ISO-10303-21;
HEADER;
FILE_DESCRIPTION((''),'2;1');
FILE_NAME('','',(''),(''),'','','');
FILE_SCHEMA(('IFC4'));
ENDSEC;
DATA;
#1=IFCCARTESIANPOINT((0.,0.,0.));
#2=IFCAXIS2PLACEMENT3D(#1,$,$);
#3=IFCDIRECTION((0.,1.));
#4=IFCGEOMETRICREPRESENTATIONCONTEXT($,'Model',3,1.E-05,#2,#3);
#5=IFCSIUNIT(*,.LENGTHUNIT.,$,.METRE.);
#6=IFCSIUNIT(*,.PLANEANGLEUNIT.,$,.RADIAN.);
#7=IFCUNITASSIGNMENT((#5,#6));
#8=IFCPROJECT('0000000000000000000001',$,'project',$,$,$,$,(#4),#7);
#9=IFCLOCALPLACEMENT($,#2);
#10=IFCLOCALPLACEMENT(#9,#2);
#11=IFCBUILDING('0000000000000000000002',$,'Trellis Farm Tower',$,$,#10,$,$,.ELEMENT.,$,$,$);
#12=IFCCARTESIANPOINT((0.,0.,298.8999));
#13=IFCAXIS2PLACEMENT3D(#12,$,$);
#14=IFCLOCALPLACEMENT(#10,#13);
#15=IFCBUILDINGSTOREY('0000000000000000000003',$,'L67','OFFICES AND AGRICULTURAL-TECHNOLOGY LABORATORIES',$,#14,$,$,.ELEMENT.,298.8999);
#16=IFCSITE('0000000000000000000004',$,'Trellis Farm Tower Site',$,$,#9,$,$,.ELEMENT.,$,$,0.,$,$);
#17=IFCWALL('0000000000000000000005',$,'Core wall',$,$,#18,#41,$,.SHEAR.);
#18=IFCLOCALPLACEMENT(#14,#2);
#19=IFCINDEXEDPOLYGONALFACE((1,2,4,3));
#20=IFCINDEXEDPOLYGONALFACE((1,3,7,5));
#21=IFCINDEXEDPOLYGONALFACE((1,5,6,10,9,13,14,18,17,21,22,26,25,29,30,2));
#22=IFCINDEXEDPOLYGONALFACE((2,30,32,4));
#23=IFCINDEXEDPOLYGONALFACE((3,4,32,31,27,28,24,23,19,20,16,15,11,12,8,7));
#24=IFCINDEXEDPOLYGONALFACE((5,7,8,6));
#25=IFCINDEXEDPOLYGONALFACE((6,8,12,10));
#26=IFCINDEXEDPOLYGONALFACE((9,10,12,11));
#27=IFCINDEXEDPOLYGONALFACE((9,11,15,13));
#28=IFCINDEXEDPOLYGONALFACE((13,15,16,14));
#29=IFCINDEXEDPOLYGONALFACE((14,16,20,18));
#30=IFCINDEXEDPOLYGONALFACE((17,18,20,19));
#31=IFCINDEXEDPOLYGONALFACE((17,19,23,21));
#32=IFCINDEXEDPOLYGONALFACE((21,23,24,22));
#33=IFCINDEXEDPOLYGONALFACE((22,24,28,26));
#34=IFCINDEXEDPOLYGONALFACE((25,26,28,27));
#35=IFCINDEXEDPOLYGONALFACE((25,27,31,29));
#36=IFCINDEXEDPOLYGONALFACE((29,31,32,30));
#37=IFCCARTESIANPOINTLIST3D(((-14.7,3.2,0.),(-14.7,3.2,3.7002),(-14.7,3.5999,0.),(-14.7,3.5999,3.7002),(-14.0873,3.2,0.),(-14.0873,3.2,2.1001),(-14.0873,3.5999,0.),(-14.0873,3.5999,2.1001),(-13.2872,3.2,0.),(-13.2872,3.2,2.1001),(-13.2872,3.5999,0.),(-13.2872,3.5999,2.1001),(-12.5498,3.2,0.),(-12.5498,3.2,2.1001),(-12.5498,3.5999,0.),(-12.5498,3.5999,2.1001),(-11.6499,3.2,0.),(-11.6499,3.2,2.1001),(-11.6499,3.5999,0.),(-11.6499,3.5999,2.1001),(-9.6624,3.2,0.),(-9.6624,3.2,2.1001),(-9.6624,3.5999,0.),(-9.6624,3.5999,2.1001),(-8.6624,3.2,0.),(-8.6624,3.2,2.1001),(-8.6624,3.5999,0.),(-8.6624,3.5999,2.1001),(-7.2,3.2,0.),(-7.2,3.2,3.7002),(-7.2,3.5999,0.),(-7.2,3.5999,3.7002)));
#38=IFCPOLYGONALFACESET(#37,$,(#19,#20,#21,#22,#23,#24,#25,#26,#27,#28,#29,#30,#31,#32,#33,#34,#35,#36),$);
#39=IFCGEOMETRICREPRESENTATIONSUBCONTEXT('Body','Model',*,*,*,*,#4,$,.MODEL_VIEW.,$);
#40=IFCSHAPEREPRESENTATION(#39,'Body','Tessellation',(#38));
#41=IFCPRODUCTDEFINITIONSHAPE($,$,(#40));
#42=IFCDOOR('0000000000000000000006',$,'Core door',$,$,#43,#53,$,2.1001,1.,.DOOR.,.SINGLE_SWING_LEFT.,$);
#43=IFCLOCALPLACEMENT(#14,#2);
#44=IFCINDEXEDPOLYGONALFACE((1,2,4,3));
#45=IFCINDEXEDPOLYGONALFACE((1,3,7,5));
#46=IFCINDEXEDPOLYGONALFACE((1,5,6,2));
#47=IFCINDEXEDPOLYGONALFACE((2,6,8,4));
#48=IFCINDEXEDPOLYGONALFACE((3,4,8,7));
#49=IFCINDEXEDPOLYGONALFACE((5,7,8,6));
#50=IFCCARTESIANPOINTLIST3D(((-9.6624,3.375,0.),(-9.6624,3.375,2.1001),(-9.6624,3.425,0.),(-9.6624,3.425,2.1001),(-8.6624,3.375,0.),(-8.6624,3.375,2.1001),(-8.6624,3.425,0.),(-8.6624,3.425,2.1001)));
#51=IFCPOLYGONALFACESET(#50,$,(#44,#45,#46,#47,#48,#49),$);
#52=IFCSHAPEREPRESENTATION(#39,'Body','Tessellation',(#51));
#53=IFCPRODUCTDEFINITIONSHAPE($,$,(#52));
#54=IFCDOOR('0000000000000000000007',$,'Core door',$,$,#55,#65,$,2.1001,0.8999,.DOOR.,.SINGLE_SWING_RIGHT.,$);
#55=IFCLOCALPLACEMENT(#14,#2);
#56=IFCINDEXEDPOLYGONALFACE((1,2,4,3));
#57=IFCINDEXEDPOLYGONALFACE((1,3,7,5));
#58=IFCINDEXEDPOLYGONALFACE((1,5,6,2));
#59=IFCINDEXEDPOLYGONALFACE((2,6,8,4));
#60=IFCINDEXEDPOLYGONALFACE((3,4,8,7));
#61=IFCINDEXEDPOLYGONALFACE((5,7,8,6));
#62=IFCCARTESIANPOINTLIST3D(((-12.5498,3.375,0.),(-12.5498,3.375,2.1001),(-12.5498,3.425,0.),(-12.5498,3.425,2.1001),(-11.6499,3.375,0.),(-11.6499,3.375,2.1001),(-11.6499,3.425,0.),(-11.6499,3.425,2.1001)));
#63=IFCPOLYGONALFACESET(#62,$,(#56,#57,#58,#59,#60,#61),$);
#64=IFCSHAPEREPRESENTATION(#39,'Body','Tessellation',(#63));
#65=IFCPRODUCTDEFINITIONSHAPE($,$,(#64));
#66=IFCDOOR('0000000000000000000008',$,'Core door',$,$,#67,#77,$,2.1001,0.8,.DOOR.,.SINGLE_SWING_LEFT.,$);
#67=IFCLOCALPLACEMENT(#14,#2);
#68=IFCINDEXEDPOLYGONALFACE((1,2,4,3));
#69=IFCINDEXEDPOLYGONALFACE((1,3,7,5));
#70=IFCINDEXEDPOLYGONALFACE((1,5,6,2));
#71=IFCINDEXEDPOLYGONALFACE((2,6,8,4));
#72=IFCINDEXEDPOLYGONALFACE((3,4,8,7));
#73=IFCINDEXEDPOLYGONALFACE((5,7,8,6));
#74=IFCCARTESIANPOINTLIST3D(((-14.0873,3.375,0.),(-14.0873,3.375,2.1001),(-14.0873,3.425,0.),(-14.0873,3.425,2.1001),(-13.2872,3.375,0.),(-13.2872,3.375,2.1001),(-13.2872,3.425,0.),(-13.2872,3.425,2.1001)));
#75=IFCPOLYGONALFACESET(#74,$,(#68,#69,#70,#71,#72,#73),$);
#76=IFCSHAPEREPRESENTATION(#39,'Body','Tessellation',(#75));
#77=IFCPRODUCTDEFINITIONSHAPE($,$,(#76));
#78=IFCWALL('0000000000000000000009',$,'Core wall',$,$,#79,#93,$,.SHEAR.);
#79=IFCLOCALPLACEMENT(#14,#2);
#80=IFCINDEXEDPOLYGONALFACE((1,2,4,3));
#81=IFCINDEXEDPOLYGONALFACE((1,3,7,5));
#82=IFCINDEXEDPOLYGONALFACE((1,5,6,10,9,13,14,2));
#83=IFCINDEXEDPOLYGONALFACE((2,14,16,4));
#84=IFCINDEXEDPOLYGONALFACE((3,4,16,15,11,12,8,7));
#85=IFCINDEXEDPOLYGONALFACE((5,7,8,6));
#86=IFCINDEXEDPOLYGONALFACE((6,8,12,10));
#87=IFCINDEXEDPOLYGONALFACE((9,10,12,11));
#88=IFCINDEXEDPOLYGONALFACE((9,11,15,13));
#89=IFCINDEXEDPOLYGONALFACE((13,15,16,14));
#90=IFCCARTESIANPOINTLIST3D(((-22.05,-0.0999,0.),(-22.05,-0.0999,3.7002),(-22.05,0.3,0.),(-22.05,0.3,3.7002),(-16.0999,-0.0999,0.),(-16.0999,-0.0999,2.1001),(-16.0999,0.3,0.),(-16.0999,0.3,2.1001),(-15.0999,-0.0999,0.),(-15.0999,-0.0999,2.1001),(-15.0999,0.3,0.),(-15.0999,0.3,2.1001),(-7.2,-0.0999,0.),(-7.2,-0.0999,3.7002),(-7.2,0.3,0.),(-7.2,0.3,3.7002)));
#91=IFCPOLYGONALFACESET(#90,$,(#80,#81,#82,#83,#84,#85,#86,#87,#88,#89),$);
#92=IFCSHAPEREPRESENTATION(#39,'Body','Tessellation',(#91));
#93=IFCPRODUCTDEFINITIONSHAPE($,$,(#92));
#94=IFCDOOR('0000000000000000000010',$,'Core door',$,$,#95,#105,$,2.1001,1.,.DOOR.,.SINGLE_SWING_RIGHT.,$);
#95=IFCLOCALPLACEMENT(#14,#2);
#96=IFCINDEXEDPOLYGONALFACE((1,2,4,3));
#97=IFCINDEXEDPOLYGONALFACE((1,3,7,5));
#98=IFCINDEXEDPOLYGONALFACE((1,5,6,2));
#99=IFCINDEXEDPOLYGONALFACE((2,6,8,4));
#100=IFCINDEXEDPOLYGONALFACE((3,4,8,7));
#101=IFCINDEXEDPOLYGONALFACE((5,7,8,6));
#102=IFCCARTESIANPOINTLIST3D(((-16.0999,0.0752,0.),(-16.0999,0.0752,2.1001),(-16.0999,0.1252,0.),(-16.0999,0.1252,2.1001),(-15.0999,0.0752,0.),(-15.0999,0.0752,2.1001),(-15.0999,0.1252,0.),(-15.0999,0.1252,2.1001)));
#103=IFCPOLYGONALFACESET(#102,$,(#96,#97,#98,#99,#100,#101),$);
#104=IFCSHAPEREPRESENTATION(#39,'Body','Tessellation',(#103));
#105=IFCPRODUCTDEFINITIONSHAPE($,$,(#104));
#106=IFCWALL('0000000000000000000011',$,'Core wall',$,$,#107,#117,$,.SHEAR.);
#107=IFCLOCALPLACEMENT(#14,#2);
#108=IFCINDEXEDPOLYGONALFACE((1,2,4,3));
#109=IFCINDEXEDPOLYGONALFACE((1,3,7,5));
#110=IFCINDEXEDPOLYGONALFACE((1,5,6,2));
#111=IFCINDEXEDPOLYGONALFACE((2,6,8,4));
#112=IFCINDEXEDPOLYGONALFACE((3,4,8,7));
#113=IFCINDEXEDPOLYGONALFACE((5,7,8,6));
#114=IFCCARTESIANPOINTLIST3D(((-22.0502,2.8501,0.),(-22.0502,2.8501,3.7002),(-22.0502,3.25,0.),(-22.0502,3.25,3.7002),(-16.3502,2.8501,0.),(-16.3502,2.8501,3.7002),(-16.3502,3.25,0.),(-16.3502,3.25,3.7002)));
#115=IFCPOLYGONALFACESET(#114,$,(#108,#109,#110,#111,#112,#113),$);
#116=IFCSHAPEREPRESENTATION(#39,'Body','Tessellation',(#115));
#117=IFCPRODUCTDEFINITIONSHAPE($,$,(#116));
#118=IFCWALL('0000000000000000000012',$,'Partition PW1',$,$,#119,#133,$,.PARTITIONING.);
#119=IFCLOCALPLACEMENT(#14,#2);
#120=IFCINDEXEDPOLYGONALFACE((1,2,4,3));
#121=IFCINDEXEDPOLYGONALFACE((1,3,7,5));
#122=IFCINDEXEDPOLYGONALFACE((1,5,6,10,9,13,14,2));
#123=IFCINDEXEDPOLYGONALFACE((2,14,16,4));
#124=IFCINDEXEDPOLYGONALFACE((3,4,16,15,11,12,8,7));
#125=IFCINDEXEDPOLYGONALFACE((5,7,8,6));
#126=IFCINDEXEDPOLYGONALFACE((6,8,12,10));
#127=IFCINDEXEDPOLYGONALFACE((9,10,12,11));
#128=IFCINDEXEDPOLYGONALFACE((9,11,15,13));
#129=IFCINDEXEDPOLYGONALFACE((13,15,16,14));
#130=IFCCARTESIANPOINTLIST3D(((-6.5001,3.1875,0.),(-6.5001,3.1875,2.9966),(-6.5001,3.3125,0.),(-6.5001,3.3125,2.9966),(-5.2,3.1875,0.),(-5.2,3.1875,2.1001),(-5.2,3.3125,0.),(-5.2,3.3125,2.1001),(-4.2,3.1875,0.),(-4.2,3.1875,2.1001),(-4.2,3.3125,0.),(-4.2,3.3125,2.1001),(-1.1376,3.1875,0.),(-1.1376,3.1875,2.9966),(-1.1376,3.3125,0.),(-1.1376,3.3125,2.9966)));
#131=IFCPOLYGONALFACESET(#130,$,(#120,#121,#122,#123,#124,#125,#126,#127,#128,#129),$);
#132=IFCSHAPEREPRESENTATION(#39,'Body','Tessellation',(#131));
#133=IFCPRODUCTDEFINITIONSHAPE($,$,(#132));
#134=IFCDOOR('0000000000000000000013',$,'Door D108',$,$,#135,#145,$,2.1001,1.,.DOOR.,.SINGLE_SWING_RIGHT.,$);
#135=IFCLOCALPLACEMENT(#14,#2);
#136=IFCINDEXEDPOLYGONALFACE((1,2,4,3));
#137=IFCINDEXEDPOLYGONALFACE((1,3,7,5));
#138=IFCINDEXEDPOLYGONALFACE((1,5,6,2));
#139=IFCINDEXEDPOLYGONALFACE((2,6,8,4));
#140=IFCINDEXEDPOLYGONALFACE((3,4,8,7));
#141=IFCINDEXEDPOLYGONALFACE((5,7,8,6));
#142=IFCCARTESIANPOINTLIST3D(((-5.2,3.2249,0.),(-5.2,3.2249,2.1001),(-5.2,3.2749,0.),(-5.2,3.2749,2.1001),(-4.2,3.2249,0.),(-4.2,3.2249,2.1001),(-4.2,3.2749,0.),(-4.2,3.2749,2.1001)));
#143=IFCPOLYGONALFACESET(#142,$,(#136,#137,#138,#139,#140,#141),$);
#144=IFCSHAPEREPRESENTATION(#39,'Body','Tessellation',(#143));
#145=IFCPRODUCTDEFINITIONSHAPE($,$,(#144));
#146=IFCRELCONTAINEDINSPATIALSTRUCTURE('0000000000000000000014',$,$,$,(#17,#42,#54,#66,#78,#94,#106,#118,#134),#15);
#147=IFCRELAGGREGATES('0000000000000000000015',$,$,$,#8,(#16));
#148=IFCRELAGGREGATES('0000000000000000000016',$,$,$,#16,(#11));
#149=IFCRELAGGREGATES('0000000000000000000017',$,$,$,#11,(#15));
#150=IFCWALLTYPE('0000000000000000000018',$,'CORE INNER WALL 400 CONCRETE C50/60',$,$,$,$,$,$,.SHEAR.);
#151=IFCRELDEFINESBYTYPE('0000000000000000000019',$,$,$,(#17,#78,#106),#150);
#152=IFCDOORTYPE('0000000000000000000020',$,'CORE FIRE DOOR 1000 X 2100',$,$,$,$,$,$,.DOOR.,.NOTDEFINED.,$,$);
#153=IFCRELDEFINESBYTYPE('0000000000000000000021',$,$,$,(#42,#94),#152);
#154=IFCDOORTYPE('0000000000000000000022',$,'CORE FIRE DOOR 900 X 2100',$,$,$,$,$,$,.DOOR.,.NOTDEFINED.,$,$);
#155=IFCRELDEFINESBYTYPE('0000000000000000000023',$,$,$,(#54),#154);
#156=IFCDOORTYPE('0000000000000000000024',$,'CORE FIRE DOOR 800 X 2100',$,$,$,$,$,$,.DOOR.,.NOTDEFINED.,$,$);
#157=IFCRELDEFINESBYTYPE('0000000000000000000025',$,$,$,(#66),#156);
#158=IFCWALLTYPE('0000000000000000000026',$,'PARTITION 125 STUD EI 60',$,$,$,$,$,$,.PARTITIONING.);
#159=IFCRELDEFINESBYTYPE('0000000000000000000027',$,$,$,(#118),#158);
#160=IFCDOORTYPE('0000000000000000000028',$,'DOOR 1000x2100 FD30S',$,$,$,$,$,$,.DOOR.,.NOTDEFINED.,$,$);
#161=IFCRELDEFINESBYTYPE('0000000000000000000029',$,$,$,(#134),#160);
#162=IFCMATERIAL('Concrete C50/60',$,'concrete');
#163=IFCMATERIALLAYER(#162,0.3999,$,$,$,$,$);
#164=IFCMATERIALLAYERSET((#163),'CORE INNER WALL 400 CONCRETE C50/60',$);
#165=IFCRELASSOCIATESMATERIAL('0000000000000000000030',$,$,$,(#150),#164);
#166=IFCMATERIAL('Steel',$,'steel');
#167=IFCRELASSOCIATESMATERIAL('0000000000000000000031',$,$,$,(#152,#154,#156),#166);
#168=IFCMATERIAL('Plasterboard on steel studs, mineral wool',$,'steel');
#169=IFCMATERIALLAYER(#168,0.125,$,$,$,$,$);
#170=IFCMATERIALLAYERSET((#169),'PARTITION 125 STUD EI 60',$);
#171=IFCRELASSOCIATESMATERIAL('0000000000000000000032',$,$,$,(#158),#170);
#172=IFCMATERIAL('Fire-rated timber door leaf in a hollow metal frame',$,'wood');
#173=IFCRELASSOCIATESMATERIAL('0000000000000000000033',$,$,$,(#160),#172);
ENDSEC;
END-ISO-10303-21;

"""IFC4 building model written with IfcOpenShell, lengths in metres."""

from ifc_helpers import new_model, si_unit, direction, frame, frame_2d, origin, place, context, subcontext, project, spatial, rectangle, extrude, source, transform, mapped, material, layer, layer_set, type_object, element, fill, save


model = new_model("IFC4")

# Units and contexts
model_context = context("Model", 3, precision=1e-05, world=origin(), true_north=direction((0.0, 1.0)))
body_context = subcontext(model_context, "Body", "Model", "MODEL_VIEW")
ifc_project = project(units=[si_unit("LENGTHUNIT", "METRE"), si_unit("PLANEANGLEUNIT", "RADIAN")], contexts=[model_context])

# Site, building, storey
site_placement = place(None, origin())
site = spatial("IfcSite", under=ifc_project, at=site_placement, Name="Trellis Farm Tower Site", CompositionType="ELEMENT", RefElevation=0.0)
building_placement = place(site_placement, origin())
building = spatial("IfcBuilding", under=site, at=building_placement, Name="Trellis Farm Tower", CompositionType="ELEMENT")
storey_placement = place(building_placement, frame((0.0, 0.0, 298.8999)))
storey = spatial("IfcBuildingStorey", under=building, at=storey_placement, Name="L67", Description="OFFICES AND AGRICULTURAL-TECHNOLOGY LABORATORIES", CompositionType="ELEMENT", Elevation=298.8999)

# Wall, openings, doors
ifc_material_1 = material(Name="Concrete C50/60", Category="concrete")
ifc_layer_1 = layer(ifc_material_1, 0.3999)
ifc_layer_set_1 = layer_set([ifc_layer_1], Name="CORE INNER WALL 400 CONCRETE C50/60")
wall_type_1 = type_object("IfcWallType", Name="CORE INNER WALL 400 CONCRETE C50/60", PredefinedType="SHEAR", material=ifc_layer_set_1)
shared_shape_1 = source(origin(), body_context, "Body", "SweptSolid", [
    extrude(rectangle(XDim=7.5, YDim=0.3999, at=frame_2d((3.75, 0.0))), origin(), (0.0, 0.0, 1.0), 3.7002),
])
wall_1_placement = place(storey_placement, frame((-7.2, 3.3999, 0.0), z_axis=(0.0, 0.0, 1.0), x_axis=(-1.0, 0.0, 0.0)))
wall_1 = element("IfcWall", 1, at=wall_1_placement, inside=storey, type_object=wall_type_1, Name="Core wall", PredefinedType="SHEAR", context=body_context, shape_type="MappedRepresentation", body=[
    mapped(shared_shape_1, transform((0.0, 0.0, 0.0))),
])
shared_shape_2 = source(origin(), body_context, "Body", "SweptSolid", [
    extrude(rectangle(XDim=1.0, YDim=2.1001, at=frame_2d((0.5, 1.05))), frame((0.0, 0.21, 0.0), z_axis=(0.0, -1.0, 0.0), x_axis=(1.0, 0.0, 0.0)), (0.0, 0.0, 1.0), 0.4199),
])
opening_1_placement = place(wall_1_placement, frame((1.4624, 0.0, 0.0)))
opening_1 = element("IfcOpeningElement", 2, at=opening_1_placement, cuts=wall_1, PredefinedType="OPENING", context=body_context, shape_type="MappedRepresentation", body=[
    mapped(shared_shape_2, transform((0.0, 0.0, 0.0))),
])
shared_shape_3 = source(origin(), body_context, "Body", "SweptSolid", [
    extrude(rectangle(XDim=0.8999, YDim=2.1001, at=frame_2d((0.45, 1.05))), frame((0.0, 0.21, 0.0), z_axis=(0.0, -1.0, 0.0), x_axis=(1.0, 0.0, 0.0)), (0.0, 0.0, 1.0), 0.4199),
])
opening_2_placement = place(wall_1_placement, frame((4.45, 0.0, 0.0)))
opening_2 = element("IfcOpeningElement", 3, at=opening_2_placement, cuts=wall_1, PredefinedType="OPENING", context=body_context, shape_type="MappedRepresentation", body=[
    mapped(shared_shape_3, transform((0.0, 0.0, 0.0))),
])
shared_shape_4 = source(origin(), body_context, "Body", "SweptSolid", [
    extrude(rectangle(XDim=0.8, YDim=2.1001, at=frame_2d((0.3999, 1.05))), frame((0.0, 0.21, 0.0), z_axis=(0.0, -1.0, 0.0), x_axis=(1.0, 0.0, 0.0)), (0.0, 0.0, 1.0), 0.4199),
])
opening_3_placement = place(wall_1_placement, frame((6.0874, 0.0, 0.0)))
opening_3 = element("IfcOpeningElement", 4, at=opening_3_placement, cuts=wall_1, PredefinedType="OPENING", context=body_context, shape_type="MappedRepresentation", body=[
    mapped(shared_shape_4, transform((0.0, 0.0, 0.0))),
])
ifc_material_2 = material(Name="Steel", Category="steel")
door_type_1 = type_object("IfcDoorType", Name="CORE FIRE DOOR 1000 X 2100", OperationType="NOTDEFINED", PredefinedType="DOOR", material=ifc_material_2)
shared_shape_5 = source(origin(), body_context, "Body", "SweptSolid", [
    extrude(rectangle(XDim=1.0, YDim=2.1001, at=frame_2d((0.5, 1.05))), frame((0.0, 0.0249, 0.0), z_axis=(0.0, -1.0, 0.0), x_axis=(1.0, 0.0, 0.0)), (0.0, 0.0, 1.0), 0.05),
])
door_1_placement = place(opening_1_placement, origin())
door_1 = element("IfcDoor", 5, at=door_1_placement, inside=storey, type_object=door_type_1, Name="Core door", OperationType="SINGLE_SWING_LEFT", OverallHeight=2.1001, OverallWidth=1.0, PredefinedType="DOOR", context=body_context, shape_type="MappedRepresentation", body=[
    mapped(shared_shape_5, transform((0.0, 0.0, 0.0))),
])
fill(opening_1, door_1)
door_type_2 = type_object("IfcDoorType", Name="CORE FIRE DOOR 900 X 2100", OperationType="NOTDEFINED", PredefinedType="DOOR", material=ifc_material_2)
shared_shape_6 = source(origin(), body_context, "Body", "SweptSolid", [
    extrude(rectangle(XDim=0.8999, YDim=2.1001, at=frame_2d((0.45, 1.05))), frame((0.0, 0.0249, 0.0), z_axis=(0.0, -1.0, 0.0), x_axis=(1.0, 0.0, 0.0)), (0.0, 0.0, 1.0), 0.05),
])
door_2_placement = place(opening_2_placement, origin())
door_2 = element("IfcDoor", 6, at=door_2_placement, inside=storey, type_object=door_type_2, Name="Core door", OperationType="SINGLE_SWING_RIGHT", OverallHeight=2.1001, OverallWidth=0.8999, PredefinedType="DOOR", context=body_context, shape_type="MappedRepresentation", body=[
    mapped(shared_shape_6, transform((0.0, 0.0, 0.0))),
])
fill(opening_2, door_2)
door_type_3 = type_object("IfcDoorType", Name="CORE FIRE DOOR 800 X 2100", OperationType="NOTDEFINED", PredefinedType="DOOR", material=ifc_material_2)
shared_shape_7 = source(origin(), body_context, "Body", "SweptSolid", [
    extrude(rectangle(XDim=0.8, YDim=2.1001, at=frame_2d((0.3999, 1.05))), frame((0.0, 0.0249, 0.0), z_axis=(0.0, -1.0, 0.0), x_axis=(1.0, 0.0, 0.0)), (0.0, 0.0, 1.0), 0.05),
])
door_3_placement = place(opening_3_placement, origin())
door_3 = element("IfcDoor", 7, at=door_3_placement, inside=storey, type_object=door_type_3, Name="Core door", OperationType="SINGLE_SWING_LEFT", OverallHeight=2.1001, OverallWidth=0.8, PredefinedType="DOOR", context=body_context, shape_type="MappedRepresentation", body=[
    mapped(shared_shape_7, transform((0.0, 0.0, 0.0))),
])
fill(opening_3, door_3)

# Wall, opening, door
shared_shape_8 = source(origin(), body_context, "Body", "SweptSolid", [
    extrude(rectangle(XDim=14.8501, YDim=0.3999, at=frame_2d((7.425, 0.0))), origin(), (0.0, 0.0, 1.0), 3.7002),
])
wall_2_placement = place(storey_placement, frame((-7.2, 0.1001, 0.0), z_axis=(0.0, 0.0, 1.0), x_axis=(-1.0, 0.0, 0.0)))
wall_2 = element("IfcWall", 8, at=wall_2_placement, inside=storey, type_object=wall_type_1, Name="Core wall", PredefinedType="SHEAR", context=body_context, shape_type="MappedRepresentation", body=[
    mapped(shared_shape_8, transform((0.0, 0.0, 0.0))),
])
opening_4_placement = place(wall_2_placement, frame((7.8999, 0.0, 0.0)))
opening_4 = element("IfcOpeningElement", 9, at=opening_4_placement, cuts=wall_2, PredefinedType="OPENING", context=body_context, shape_type="MappedRepresentation", body=[
    mapped(shared_shape_2, transform((0.0, 0.0, 0.0))),
])
door_4_placement = place(opening_4_placement, origin())
door_4 = element("IfcDoor", 10, at=door_4_placement, inside=storey, type_object=door_type_1, Name="Core door", OperationType="SINGLE_SWING_RIGHT", OverallHeight=2.1001, OverallWidth=1.0, PredefinedType="DOOR", context=body_context, shape_type="MappedRepresentation", body=[
    mapped(shared_shape_5, transform((0.0, 0.0, 0.0))),
])
fill(opening_4, door_4)

# Wall
shared_shape_9 = source(origin(), body_context, "Body", "SweptSolid", [
    extrude(rectangle(XDim=5.7, YDim=0.3999, at=frame_2d((2.8501, 0.0))), origin(), (0.0, 0.0, 1.0), 3.7002),
])
wall_3_placement = place(storey_placement, frame((-16.3501, 3.05, 0.0), z_axis=(0.0, 0.0, 1.0), x_axis=(-1.0, 0.0, 0.0)))
element("IfcWall", 11, at=wall_3_placement, inside=storey, type_object=wall_type_1, Name="Core wall", PredefinedType="SHEAR", context=body_context, shape_type="MappedRepresentation", body=[
    mapped(shared_shape_9, transform((0.0, 0.0, 0.0))),
])

# Wall, opening, door
ifc_material_3 = material(Name="Plasterboard on steel studs, mineral wool", Category="steel")
ifc_layer_2 = layer(ifc_material_3, 0.125)
ifc_layer_set_2 = layer_set([ifc_layer_2], Name="PARTITION 125 STUD EI 60")
wall_type_2 = type_object("IfcWallType", Name="PARTITION 125 STUD EI 60", PredefinedType="PARTITIONING", material=ifc_layer_set_2)
shared_shape_10 = source(origin(), body_context, "Body", "SweptSolid", [
    extrude(rectangle(XDim=5.3625, YDim=0.125, at=frame_2d((2.6812, 0.0))), origin(), (0.0, 0.0, 1.0), 2.9966),
])
wall_4_placement = place(storey_placement, frame((-6.5, 3.25, 0.0), z_axis=(0.0, 0.0, 1.0), x_axis=(1.0, 0.0, 0.0)))
wall_4 = element("IfcWall", 12, at=wall_4_placement, inside=storey, type_object=wall_type_2, Name="Partition PW1", PredefinedType="PARTITIONING", context=body_context, shape_type="MappedRepresentation", body=[
    mapped(shared_shape_10, transform((0.0, 0.0, 0.0))),
])
shared_shape_11 = source(origin(), body_context, "Body", "SweptSolid", [
    extrude(rectangle(XDim=1.0, YDim=2.1001, at=frame_2d((0.5, 1.05))), frame((0.0, 0.0725, 0.0), z_axis=(0.0, -1.0, 0.0), x_axis=(1.0, 0.0, 0.0)), (0.0, 0.0, 1.0), 0.145),
])
opening_5_placement = place(wall_4_placement, frame((1.3, 0.0, 0.0)))
opening_5 = element("IfcOpeningElement", 13, at=opening_5_placement, cuts=wall_4, PredefinedType="OPENING", context=body_context, shape_type="MappedRepresentation", body=[
    mapped(shared_shape_11, transform((0.0, 0.0, 0.0))),
])
ifc_material_4 = material(Name="Fire-rated timber door leaf in a hollow metal frame", Category="wood")
door_type_4 = type_object("IfcDoorType", Name="DOOR 1000x2100 FD30S", OperationType="NOTDEFINED", PredefinedType="DOOR", material=ifc_material_4)
door_5_placement = place(opening_5_placement, origin())
door_5 = element("IfcDoor", 14, at=door_5_placement, inside=storey, type_object=door_type_4, Name="Door D108", OperationType="SINGLE_SWING_RIGHT", OverallHeight=2.1001, OverallWidth=1.0, PredefinedType="DOOR", context=body_context, shape_type="MappedRepresentation", body=[
    mapped(shared_shape_5, transform((0.0, 0.0, 0.0))),
])
fill(opening_5, door_5)

save(model, "model.ifc")
